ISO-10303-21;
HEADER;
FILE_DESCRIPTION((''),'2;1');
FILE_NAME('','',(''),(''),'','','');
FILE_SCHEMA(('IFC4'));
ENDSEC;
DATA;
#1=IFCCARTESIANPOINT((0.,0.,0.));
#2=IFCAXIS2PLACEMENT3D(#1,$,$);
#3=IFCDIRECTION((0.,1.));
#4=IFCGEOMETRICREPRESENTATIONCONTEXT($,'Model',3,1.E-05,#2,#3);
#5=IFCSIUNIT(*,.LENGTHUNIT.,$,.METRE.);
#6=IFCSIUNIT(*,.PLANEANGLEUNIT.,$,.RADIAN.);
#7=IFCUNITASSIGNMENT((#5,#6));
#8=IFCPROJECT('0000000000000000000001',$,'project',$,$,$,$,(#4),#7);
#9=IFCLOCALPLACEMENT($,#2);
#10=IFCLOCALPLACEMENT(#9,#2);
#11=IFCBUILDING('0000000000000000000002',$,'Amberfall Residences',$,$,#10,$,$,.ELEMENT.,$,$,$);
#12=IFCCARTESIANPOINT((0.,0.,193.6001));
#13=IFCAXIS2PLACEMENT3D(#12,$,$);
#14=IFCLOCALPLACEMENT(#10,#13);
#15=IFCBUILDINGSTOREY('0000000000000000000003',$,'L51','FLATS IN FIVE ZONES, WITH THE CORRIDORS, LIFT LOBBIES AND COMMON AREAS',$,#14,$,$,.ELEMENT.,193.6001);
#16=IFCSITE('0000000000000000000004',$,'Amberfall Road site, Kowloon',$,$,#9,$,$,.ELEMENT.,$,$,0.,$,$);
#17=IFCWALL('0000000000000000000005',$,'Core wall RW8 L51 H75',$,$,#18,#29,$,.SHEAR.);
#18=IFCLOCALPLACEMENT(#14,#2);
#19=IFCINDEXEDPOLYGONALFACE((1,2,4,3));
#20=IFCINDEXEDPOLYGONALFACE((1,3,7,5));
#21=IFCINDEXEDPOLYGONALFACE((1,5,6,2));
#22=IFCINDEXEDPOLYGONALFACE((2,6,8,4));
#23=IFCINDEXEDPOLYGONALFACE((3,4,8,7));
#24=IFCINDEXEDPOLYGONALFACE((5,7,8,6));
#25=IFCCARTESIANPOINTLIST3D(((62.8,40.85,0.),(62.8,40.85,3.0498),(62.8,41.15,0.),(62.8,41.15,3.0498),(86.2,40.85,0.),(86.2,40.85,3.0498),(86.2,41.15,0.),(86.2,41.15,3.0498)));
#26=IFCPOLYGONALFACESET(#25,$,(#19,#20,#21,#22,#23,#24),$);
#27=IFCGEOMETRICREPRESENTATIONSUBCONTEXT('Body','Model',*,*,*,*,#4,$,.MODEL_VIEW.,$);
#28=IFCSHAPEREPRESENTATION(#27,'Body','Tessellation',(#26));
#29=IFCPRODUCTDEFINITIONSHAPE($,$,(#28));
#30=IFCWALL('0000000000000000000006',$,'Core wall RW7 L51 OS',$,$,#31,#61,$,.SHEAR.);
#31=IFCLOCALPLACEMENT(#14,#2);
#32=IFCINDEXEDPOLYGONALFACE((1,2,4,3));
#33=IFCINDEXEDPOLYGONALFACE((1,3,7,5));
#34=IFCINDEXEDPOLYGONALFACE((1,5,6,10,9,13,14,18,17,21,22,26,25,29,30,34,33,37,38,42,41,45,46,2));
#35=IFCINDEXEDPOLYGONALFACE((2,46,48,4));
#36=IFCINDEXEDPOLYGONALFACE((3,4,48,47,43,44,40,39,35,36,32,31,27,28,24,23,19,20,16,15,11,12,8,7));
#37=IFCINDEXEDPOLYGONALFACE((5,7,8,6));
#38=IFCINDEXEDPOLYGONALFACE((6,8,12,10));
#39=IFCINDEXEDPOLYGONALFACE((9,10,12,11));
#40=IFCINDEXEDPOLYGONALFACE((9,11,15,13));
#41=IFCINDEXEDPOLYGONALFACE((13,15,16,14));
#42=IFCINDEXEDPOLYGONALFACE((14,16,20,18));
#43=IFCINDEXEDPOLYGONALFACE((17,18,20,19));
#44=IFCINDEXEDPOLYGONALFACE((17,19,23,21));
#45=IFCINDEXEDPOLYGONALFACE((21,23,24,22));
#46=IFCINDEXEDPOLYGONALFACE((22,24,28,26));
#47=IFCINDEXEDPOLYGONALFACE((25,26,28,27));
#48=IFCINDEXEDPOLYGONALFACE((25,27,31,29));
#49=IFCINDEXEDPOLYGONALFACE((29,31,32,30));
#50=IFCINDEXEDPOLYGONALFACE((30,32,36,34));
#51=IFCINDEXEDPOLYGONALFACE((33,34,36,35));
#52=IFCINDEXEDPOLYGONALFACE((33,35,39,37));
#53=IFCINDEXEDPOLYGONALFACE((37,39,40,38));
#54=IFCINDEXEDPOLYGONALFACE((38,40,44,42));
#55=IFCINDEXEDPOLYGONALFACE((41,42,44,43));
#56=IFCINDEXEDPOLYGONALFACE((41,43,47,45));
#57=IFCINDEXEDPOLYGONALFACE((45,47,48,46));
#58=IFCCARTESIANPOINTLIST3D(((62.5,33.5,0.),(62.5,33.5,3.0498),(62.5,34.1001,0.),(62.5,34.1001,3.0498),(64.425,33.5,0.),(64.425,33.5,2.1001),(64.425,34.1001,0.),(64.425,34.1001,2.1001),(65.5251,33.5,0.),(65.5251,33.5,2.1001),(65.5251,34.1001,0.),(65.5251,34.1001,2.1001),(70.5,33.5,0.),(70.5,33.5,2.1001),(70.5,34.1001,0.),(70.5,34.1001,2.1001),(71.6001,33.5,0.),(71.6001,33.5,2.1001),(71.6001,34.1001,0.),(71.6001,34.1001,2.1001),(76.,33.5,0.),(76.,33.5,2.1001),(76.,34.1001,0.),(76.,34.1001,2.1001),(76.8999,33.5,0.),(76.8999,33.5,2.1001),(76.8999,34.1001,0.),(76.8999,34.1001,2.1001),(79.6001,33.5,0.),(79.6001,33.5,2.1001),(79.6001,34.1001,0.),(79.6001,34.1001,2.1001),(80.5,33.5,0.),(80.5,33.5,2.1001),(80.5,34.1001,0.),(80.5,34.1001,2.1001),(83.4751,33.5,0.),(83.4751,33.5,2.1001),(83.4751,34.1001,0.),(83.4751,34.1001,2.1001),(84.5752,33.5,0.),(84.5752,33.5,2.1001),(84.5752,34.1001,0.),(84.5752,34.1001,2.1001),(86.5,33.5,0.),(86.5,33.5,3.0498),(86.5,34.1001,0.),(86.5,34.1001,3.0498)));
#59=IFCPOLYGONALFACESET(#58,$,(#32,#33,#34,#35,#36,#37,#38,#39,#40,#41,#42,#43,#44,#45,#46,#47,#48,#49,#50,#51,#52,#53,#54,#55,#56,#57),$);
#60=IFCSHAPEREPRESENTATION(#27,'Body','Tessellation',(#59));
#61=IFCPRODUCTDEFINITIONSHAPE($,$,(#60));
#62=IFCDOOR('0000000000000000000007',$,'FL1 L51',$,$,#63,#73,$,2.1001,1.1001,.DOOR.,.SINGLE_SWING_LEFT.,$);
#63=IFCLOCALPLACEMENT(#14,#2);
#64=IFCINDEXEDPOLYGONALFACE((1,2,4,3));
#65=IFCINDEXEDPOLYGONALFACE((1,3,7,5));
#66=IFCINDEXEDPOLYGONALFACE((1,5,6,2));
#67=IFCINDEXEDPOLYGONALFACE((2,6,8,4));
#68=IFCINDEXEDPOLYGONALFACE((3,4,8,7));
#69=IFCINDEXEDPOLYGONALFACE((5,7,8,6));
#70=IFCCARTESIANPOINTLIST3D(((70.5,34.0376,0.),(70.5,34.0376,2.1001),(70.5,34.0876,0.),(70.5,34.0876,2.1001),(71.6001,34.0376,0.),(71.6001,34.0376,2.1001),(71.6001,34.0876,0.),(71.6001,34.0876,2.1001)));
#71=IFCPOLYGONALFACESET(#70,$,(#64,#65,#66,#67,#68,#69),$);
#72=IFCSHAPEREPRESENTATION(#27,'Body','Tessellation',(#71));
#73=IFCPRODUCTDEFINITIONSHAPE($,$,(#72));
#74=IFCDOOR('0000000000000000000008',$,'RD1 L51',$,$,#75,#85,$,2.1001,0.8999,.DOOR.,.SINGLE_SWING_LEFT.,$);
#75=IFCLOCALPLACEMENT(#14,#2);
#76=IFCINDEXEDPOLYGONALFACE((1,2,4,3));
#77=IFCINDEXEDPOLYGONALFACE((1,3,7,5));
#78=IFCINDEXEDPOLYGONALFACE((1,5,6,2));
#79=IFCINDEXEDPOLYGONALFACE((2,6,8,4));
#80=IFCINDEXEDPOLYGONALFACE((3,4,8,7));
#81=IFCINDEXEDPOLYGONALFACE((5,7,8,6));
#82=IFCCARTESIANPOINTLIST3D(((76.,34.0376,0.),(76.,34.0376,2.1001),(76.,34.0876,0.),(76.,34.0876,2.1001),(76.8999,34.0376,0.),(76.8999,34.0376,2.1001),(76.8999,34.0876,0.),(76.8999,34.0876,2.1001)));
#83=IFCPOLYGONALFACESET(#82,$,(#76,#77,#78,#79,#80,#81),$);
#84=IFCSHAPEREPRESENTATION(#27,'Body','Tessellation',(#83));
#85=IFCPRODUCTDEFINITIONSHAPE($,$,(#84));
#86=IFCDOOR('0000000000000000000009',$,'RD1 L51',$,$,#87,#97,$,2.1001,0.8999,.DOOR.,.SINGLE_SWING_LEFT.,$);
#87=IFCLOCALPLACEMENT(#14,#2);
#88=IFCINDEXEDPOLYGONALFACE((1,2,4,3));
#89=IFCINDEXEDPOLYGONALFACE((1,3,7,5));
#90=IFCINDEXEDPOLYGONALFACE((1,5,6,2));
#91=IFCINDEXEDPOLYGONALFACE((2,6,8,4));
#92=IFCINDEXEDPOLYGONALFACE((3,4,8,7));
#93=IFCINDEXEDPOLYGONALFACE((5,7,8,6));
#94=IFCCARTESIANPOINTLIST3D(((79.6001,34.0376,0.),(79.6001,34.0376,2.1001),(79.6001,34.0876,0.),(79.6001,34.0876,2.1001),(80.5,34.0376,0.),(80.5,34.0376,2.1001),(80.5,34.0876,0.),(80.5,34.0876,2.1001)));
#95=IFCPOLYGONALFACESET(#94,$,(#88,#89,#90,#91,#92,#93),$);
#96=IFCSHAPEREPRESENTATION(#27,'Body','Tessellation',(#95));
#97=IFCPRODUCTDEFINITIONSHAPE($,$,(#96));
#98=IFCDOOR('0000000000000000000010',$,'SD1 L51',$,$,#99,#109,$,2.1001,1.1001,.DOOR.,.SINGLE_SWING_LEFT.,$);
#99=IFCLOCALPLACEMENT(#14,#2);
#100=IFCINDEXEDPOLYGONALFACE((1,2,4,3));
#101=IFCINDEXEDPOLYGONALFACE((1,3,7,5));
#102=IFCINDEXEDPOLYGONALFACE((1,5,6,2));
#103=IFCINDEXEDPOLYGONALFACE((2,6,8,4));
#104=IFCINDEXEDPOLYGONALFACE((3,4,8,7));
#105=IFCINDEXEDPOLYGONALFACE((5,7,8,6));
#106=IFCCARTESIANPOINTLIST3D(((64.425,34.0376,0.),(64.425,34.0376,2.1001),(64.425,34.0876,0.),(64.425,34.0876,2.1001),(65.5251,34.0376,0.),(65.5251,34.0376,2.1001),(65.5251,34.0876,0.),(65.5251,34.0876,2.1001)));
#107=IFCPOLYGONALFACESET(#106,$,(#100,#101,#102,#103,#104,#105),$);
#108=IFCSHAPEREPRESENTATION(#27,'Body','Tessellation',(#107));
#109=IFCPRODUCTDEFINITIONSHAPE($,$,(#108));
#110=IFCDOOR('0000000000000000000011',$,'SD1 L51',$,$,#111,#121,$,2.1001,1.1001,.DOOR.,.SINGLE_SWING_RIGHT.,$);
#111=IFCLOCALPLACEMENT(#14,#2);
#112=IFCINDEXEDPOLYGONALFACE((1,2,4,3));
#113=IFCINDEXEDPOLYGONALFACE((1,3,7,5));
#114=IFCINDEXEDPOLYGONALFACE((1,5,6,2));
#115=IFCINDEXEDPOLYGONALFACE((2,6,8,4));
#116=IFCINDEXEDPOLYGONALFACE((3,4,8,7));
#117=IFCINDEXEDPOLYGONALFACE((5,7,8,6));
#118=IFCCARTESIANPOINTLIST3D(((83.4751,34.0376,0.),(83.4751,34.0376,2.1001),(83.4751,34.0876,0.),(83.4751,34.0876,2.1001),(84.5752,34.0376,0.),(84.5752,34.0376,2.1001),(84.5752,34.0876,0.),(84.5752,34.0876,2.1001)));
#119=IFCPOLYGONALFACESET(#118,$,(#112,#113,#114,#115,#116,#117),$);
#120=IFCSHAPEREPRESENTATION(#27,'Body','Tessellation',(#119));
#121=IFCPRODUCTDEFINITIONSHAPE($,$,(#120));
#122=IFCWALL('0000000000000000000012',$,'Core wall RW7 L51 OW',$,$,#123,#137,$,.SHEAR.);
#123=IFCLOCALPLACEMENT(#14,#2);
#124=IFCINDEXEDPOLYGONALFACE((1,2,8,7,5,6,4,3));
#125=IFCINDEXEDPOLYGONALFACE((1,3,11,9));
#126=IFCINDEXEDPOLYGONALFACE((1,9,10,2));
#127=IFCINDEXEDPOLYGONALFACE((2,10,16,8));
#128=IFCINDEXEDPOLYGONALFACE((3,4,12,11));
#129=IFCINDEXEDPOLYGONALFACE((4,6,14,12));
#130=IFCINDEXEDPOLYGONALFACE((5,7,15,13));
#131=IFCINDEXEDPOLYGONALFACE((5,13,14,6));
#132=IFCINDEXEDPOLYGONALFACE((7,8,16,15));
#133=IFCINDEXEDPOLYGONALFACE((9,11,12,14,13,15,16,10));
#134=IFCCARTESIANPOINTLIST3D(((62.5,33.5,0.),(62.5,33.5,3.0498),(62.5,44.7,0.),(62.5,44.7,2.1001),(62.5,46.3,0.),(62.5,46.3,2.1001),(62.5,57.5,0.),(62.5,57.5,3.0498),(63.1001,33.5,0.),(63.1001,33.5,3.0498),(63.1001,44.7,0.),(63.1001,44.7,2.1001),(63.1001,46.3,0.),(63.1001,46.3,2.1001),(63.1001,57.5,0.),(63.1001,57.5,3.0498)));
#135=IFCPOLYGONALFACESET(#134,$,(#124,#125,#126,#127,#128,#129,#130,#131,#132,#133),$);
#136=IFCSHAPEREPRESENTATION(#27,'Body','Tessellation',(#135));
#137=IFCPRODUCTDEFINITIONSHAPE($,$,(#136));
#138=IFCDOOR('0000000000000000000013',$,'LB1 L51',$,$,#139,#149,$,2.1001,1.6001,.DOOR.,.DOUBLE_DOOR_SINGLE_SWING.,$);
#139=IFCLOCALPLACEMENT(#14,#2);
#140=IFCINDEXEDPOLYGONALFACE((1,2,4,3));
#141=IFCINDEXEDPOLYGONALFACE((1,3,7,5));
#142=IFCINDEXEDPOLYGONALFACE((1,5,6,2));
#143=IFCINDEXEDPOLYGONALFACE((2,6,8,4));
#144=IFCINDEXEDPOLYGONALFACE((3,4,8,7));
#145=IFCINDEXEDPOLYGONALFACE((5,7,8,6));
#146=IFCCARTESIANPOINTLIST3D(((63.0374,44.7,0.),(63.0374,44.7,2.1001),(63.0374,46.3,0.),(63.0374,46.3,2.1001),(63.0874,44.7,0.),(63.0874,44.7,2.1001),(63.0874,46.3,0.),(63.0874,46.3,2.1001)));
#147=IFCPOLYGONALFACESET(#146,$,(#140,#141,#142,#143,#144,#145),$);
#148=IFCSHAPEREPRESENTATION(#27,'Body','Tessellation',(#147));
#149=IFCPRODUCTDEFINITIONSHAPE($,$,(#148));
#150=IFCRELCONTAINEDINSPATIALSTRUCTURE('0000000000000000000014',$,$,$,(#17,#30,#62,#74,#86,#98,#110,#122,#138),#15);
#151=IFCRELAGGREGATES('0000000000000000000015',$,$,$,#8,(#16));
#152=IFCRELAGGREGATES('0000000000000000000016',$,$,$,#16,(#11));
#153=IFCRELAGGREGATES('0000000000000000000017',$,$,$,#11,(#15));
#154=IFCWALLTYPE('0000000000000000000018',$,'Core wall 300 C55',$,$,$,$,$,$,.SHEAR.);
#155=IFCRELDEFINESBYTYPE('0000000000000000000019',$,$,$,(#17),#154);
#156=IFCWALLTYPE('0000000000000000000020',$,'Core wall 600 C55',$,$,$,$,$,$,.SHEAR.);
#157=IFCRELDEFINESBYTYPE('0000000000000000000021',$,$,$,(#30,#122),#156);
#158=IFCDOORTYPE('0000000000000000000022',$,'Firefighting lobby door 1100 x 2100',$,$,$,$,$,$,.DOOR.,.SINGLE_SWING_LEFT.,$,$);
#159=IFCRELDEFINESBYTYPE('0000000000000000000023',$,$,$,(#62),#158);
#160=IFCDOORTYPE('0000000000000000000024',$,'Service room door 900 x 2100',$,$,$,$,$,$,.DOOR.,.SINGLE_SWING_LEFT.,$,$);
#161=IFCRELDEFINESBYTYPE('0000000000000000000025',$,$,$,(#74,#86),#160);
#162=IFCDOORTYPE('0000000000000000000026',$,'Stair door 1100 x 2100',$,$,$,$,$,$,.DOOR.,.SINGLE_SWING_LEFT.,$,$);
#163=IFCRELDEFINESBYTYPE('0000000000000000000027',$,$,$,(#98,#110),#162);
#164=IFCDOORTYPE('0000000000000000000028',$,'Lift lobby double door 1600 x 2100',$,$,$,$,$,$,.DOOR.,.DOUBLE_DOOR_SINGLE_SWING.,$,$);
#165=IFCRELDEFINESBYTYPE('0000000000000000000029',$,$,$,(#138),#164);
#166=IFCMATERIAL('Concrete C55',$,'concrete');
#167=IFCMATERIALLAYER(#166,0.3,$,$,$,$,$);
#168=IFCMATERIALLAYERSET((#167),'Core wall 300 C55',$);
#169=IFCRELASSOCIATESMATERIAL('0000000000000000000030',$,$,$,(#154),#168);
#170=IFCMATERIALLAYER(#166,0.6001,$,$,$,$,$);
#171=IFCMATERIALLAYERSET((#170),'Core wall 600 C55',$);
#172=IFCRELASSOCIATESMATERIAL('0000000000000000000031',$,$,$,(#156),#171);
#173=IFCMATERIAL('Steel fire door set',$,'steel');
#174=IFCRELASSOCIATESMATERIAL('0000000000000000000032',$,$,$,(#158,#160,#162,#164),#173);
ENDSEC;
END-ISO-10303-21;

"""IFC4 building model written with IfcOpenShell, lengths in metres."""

from ifc_helpers import new_model, si_unit, direction, frame, frame_2d, origin, place, context, subcontext, project, spatial, rectangle, extrude, material, layer, layer_set, type_object, element, fill, save


model = new_model("IFC4")

# Units and contexts
model_context = context("Model", 3, precision=1e-05, world=origin(), true_north=direction((0.0, 1.0)))
body_context = subcontext(model_context, "Body", "Model", "MODEL_VIEW")
ifc_project = project(units=[si_unit("LENGTHUNIT", "METRE"), si_unit("PLANEANGLEUNIT", "RADIAN")], contexts=[model_context])

# Site, building, storey
site_placement = place(None, origin())
site = spatial("IfcSite", under=ifc_project, at=site_placement, Name="Amberfall Road site, Kowloon", CompositionType="ELEMENT", RefElevation=0.0)
building_placement = place(site_placement, origin())
building = spatial("IfcBuilding", under=site, at=building_placement, Name="Amberfall Residences", CompositionType="ELEMENT")
storey_placement = place(building_placement, frame((0.0, 0.0, 193.6001)))
storey = spatial("IfcBuildingStorey", under=building, at=storey_placement, Name="L51", Description="FLATS IN FIVE ZONES, WITH THE CORRIDORS, LIFT LOBBIES AND COMMON AREAS", CompositionType="ELEMENT", Elevation=193.6001)

# Wall
ifc_material_1 = material(Name="Concrete C55", Category="concrete")
ifc_layer_1 = layer(ifc_material_1, 0.3)
ifc_layer_set_1 = layer_set([ifc_layer_1], Name="Core wall 300 C55")
wall_type_1 = type_object("IfcWallType", Name="Core wall 300 C55", PredefinedType="SHEAR", material=ifc_layer_set_1)
wall_1_placement = place(storey_placement, frame((62.8, 41.0, 0.0), z_axis=(0.0, 0.0, 1.0), x_axis=(1.0, 0.0, 0.0)))
element("IfcWall", 1, at=wall_1_placement, inside=storey, type_object=wall_type_1, Name="Core wall RW8 L51 H75", PredefinedType="SHEAR", context=body_context, shape_type="SweptSolid", body=[
    extrude(rectangle(XDim=23.3999, YDim=0.3, at=frame_2d((11.7, 0.0))), origin(), (0.0, 0.0, 1.0), 3.0498),
])

# Wall, openings, doors
ifc_layer_2 = layer(ifc_material_1, 0.6001)
ifc_layer_set_2 = layer_set([ifc_layer_2], Name="Core wall 600 C55")
wall_type_2 = type_object("IfcWallType", Name="Core wall 600 C55", PredefinedType="SHEAR", material=ifc_layer_set_2)
wall_2_placement = place(storey_placement, frame((62.5, 33.8, 0.0), z_axis=(0.0, 0.0, 1.0), x_axis=(1.0, 0.0, 0.0)))
wall_2 = element("IfcWall", 2, at=wall_2_placement, inside=storey, type_object=wall_type_2, Name="Core wall RW7 L51 OS", PredefinedType="SHEAR", context=body_context, shape_type="SweptSolid", body=[
    extrude(rectangle(XDim=24.0, YDim=0.6001, at=frame_2d((12.0, 0.0))), origin(), (0.0, 0.0, 1.0), 3.0498),
])
opening_1_placement = place(wall_2_placement, frame((1.925, 0.0, 0.0)))
opening_1 = element("IfcOpeningElement", 3, at=opening_1_placement, cuts=wall_2, PredefinedType="OPENING", context=body_context, shape_type="SweptSolid", body=[
    extrude(rectangle(XDim=1.1001, YDim=2.1001, at=frame_2d((0.55, 1.05))), frame((0.0, 0.3101, 0.0), z_axis=(0.0, -1.0, 0.0), x_axis=(1.0, 0.0, 0.0)), (0.0, 0.0, 1.0), 0.6201),
])
opening_2_placement = place(wall_2_placement, frame((20.9751, 0.0, 0.0)))
opening_2 = element("IfcOpeningElement", 4, at=opening_2_placement, cuts=wall_2, PredefinedType="OPENING", context=body_context, shape_type="SweptSolid", body=[
    extrude(rectangle(XDim=1.1001, YDim=2.1001, at=frame_2d((0.55, 1.05))), frame((0.0, 0.3101, 0.0), z_axis=(0.0, -1.0, 0.0), x_axis=(1.0, 0.0, 0.0)), (0.0, 0.0, 1.0), 0.6201),
])
opening_3_placement = place(wall_2_placement, frame((8.0, 0.0, 0.0)))
opening_3 = element("IfcOpeningElement", 5, at=opening_3_placement, cuts=wall_2, PredefinedType="OPENING", context=body_context, shape_type="SweptSolid", body=[
    extrude(rectangle(XDim=1.1001, YDim=2.1001, at=frame_2d((0.55, 1.05))), frame((0.0, 0.3101, 0.0), z_axis=(0.0, -1.0, 0.0), x_axis=(1.0, 0.0, 0.0)), (0.0, 0.0, 1.0), 0.6201),
])
opening_4_placement = place(wall_2_placement, frame((13.5, 0.0, 0.0)))
opening_4 = element("IfcOpeningElement", 6, at=opening_4_placement, cuts=wall_2, PredefinedType="OPENING", context=body_context, shape_type="SweptSolid", body=[
    extrude(rectangle(XDim=0.8999, YDim=2.1001, at=frame_2d((0.45, 1.05))), frame((0.0, 0.3101, 0.0), z_axis=(0.0, -1.0, 0.0), x_axis=(1.0, 0.0, 0.0)), (0.0, 0.0, 1.0), 0.6201),
])
opening_5_placement = place(wall_2_placement, frame((17.1001, 0.0, 0.0)))
opening_5 = element("IfcOpeningElement", 7, at=opening_5_placement, cuts=wall_2, PredefinedType="OPENING", context=body_context, shape_type="SweptSolid", body=[
    extrude(rectangle(XDim=0.8999, YDim=2.1001, at=frame_2d((0.45, 1.05))), frame((0.0, 0.3101, 0.0), z_axis=(0.0, -1.0, 0.0), x_axis=(1.0, 0.0, 0.0)), (0.0, 0.0, 1.0), 0.6201),
])
ifc_material_2 = material(Name="Steel fire door set", Category="steel")
door_type_1 = type_object("IfcDoorType", Name="Firefighting lobby door 1100 x 2100", OperationType="SINGLE_SWING_LEFT", PredefinedType="DOOR", material=ifc_material_2)
door_1_placement = place(opening_3_placement, origin())
door_1 = element("IfcDoor", 8, at=door_1_placement, inside=storey, type_object=door_type_1, Name="FL1 L51", OperationType="SINGLE_SWING_LEFT", OverallHeight=2.1001, OverallWidth=1.1001, PredefinedType="DOOR", context=body_context, shape_type="SweptSolid", body=[
    extrude(rectangle(XDim=1.1001, YDim=2.1001, at=frame_2d((0.55, 1.05))), frame((0.0, 0.2876, 0.0), z_axis=(0.0, -1.0, 0.0), x_axis=(1.0, 0.0, 0.0)), (0.0, 0.0, 1.0), 0.05),
])
fill(opening_3, door_1)
door_type_2 = type_object("IfcDoorType", Name="Service room door 900 x 2100", OperationType="SINGLE_SWING_LEFT", PredefinedType="DOOR", material=ifc_material_2)
door_2_placement = place(opening_4_placement, origin())
door_2 = element("IfcDoor", 9, at=door_2_placement, inside=storey, type_object=door_type_2, Name="RD1 L51", OperationType="SINGLE_SWING_LEFT", OverallHeight=2.1001, OverallWidth=0.8999, PredefinedType="DOOR", context=body_context, shape_type="SweptSolid", body=[
    extrude(rectangle(XDim=0.8999, YDim=2.1001, at=frame_2d((0.45, 1.05))), frame((0.0, 0.2876, 0.0), z_axis=(0.0, -1.0, 0.0), x_axis=(1.0, 0.0, 0.0)), (0.0, 0.0, 1.0), 0.05),
])
fill(opening_4, door_2)
door_3_placement = place(opening_5_placement, origin())
door_3 = element("IfcDoor", 10, at=door_3_placement, inside=storey, type_object=door_type_2, Name="RD1 L51", OperationType="SINGLE_SWING_LEFT", OverallHeight=2.1001, OverallWidth=0.8999, PredefinedType="DOOR", context=body_context, shape_type="SweptSolid", body=[
    extrude(rectangle(XDim=0.8999, YDim=2.1001, at=frame_2d((0.45, 1.05))), frame((0.0, 0.2876, 0.0), z_axis=(0.0, -1.0, 0.0), x_axis=(1.0, 0.0, 0.0)), (0.0, 0.0, 1.0), 0.05),
])
fill(opening_5, door_3)
door_type_3 = type_object("IfcDoorType", Name="Stair door 1100 x 2100", OperationType="SINGLE_SWING_LEFT", PredefinedType="DOOR", material=ifc_material_2)
door_4_placement = place(opening_1_placement, origin())
door_4 = element("IfcDoor", 11, at=door_4_placement, inside=storey, type_object=door_type_3, Name="SD1 L51", OperationType="SINGLE_SWING_LEFT", OverallHeight=2.1001, OverallWidth=1.1001, PredefinedType="DOOR", context=body_context, shape_type="SweptSolid", body=[
    extrude(rectangle(XDim=1.1001, YDim=2.1001, at=frame_2d((0.55, 1.05))), frame((0.0, 0.2876, 0.0), z_axis=(0.0, -1.0, 0.0), x_axis=(1.0, 0.0, 0.0)), (0.0, 0.0, 1.0), 0.05),
])
fill(opening_1, door_4)
door_5_placement = place(opening_2_placement, origin())
door_5 = element("IfcDoor", 12, at=door_5_placement, inside=storey, type_object=door_type_3, Name="SD1 L51", OperationType="SINGLE_SWING_RIGHT", OverallHeight=2.1001, OverallWidth=1.1001, PredefinedType="DOOR", context=body_context, shape_type="SweptSolid", body=[
    extrude(rectangle(XDim=1.1001, YDim=2.1001, at=frame_2d((0.55, 1.05))), frame((0.0, 0.2876, 0.0), z_axis=(0.0, -1.0, 0.0), x_axis=(1.0, 0.0, 0.0)), (0.0, 0.0, 1.0), 0.05),
])
fill(opening_2, door_5)

# Wall, opening, door
wall_3_placement = place(storey_placement, frame((62.8, 33.5, 0.0), z_axis=(0.0, 0.0, 1.0), x_axis=(0.0, 1.0, 0.0)))
wall_3 = element("IfcWall", 13, at=wall_3_placement, inside=storey, type_object=wall_type_2, Name="Core wall RW7 L51 OW", PredefinedType="SHEAR", context=body_context, shape_type="SweptSolid", body=[
    extrude(rectangle(XDim=24.0, YDim=0.6001, at=frame_2d((12.0, 0.0))), origin(), (0.0, 0.0, 1.0), 3.0498),
])
opening_6_placement = place(wall_3_placement, frame((11.2, 0.0, 0.0)))
opening_6 = element("IfcOpeningElement", 14, at=opening_6_placement, cuts=wall_3, PredefinedType="OPENING", context=body_context, shape_type="SweptSolid", body=[
    extrude(rectangle(XDim=1.6001, YDim=2.1001, at=frame_2d((0.8, 1.05))), frame((0.0, 0.3101, 0.0), z_axis=(0.0, -1.0, 0.0), x_axis=(1.0, 0.0, 0.0)), (0.0, 0.0, 1.0), 0.6201),
])
door_type_4 = type_object("IfcDoorType", Name="Lift lobby double door 1600 x 2100", OperationType="DOUBLE_DOOR_SINGLE_SWING", PredefinedType="DOOR", material=ifc_material_2)
door_6_placement = place(opening_6_placement, origin())
door_6 = element("IfcDoor", 15, at=door_6_placement, inside=storey, type_object=door_type_4, Name="LB1 L51", OperationType="DOUBLE_DOOR_SINGLE_SWING", OverallHeight=2.1001, OverallWidth=1.6001, PredefinedType="DOOR", context=body_context, shape_type="SweptSolid", body=[
    extrude(rectangle(XDim=1.6001, YDim=2.1001, at=frame_2d((0.8, 1.05))), frame((0.0, -0.2373, 0.0), z_axis=(0.0, -1.0, 0.0), x_axis=(1.0, 0.0, 0.0)), (0.0, 0.0, 1.0), 0.05),
])
fill(opening_6, door_6)

save(model, "model.ifc")
